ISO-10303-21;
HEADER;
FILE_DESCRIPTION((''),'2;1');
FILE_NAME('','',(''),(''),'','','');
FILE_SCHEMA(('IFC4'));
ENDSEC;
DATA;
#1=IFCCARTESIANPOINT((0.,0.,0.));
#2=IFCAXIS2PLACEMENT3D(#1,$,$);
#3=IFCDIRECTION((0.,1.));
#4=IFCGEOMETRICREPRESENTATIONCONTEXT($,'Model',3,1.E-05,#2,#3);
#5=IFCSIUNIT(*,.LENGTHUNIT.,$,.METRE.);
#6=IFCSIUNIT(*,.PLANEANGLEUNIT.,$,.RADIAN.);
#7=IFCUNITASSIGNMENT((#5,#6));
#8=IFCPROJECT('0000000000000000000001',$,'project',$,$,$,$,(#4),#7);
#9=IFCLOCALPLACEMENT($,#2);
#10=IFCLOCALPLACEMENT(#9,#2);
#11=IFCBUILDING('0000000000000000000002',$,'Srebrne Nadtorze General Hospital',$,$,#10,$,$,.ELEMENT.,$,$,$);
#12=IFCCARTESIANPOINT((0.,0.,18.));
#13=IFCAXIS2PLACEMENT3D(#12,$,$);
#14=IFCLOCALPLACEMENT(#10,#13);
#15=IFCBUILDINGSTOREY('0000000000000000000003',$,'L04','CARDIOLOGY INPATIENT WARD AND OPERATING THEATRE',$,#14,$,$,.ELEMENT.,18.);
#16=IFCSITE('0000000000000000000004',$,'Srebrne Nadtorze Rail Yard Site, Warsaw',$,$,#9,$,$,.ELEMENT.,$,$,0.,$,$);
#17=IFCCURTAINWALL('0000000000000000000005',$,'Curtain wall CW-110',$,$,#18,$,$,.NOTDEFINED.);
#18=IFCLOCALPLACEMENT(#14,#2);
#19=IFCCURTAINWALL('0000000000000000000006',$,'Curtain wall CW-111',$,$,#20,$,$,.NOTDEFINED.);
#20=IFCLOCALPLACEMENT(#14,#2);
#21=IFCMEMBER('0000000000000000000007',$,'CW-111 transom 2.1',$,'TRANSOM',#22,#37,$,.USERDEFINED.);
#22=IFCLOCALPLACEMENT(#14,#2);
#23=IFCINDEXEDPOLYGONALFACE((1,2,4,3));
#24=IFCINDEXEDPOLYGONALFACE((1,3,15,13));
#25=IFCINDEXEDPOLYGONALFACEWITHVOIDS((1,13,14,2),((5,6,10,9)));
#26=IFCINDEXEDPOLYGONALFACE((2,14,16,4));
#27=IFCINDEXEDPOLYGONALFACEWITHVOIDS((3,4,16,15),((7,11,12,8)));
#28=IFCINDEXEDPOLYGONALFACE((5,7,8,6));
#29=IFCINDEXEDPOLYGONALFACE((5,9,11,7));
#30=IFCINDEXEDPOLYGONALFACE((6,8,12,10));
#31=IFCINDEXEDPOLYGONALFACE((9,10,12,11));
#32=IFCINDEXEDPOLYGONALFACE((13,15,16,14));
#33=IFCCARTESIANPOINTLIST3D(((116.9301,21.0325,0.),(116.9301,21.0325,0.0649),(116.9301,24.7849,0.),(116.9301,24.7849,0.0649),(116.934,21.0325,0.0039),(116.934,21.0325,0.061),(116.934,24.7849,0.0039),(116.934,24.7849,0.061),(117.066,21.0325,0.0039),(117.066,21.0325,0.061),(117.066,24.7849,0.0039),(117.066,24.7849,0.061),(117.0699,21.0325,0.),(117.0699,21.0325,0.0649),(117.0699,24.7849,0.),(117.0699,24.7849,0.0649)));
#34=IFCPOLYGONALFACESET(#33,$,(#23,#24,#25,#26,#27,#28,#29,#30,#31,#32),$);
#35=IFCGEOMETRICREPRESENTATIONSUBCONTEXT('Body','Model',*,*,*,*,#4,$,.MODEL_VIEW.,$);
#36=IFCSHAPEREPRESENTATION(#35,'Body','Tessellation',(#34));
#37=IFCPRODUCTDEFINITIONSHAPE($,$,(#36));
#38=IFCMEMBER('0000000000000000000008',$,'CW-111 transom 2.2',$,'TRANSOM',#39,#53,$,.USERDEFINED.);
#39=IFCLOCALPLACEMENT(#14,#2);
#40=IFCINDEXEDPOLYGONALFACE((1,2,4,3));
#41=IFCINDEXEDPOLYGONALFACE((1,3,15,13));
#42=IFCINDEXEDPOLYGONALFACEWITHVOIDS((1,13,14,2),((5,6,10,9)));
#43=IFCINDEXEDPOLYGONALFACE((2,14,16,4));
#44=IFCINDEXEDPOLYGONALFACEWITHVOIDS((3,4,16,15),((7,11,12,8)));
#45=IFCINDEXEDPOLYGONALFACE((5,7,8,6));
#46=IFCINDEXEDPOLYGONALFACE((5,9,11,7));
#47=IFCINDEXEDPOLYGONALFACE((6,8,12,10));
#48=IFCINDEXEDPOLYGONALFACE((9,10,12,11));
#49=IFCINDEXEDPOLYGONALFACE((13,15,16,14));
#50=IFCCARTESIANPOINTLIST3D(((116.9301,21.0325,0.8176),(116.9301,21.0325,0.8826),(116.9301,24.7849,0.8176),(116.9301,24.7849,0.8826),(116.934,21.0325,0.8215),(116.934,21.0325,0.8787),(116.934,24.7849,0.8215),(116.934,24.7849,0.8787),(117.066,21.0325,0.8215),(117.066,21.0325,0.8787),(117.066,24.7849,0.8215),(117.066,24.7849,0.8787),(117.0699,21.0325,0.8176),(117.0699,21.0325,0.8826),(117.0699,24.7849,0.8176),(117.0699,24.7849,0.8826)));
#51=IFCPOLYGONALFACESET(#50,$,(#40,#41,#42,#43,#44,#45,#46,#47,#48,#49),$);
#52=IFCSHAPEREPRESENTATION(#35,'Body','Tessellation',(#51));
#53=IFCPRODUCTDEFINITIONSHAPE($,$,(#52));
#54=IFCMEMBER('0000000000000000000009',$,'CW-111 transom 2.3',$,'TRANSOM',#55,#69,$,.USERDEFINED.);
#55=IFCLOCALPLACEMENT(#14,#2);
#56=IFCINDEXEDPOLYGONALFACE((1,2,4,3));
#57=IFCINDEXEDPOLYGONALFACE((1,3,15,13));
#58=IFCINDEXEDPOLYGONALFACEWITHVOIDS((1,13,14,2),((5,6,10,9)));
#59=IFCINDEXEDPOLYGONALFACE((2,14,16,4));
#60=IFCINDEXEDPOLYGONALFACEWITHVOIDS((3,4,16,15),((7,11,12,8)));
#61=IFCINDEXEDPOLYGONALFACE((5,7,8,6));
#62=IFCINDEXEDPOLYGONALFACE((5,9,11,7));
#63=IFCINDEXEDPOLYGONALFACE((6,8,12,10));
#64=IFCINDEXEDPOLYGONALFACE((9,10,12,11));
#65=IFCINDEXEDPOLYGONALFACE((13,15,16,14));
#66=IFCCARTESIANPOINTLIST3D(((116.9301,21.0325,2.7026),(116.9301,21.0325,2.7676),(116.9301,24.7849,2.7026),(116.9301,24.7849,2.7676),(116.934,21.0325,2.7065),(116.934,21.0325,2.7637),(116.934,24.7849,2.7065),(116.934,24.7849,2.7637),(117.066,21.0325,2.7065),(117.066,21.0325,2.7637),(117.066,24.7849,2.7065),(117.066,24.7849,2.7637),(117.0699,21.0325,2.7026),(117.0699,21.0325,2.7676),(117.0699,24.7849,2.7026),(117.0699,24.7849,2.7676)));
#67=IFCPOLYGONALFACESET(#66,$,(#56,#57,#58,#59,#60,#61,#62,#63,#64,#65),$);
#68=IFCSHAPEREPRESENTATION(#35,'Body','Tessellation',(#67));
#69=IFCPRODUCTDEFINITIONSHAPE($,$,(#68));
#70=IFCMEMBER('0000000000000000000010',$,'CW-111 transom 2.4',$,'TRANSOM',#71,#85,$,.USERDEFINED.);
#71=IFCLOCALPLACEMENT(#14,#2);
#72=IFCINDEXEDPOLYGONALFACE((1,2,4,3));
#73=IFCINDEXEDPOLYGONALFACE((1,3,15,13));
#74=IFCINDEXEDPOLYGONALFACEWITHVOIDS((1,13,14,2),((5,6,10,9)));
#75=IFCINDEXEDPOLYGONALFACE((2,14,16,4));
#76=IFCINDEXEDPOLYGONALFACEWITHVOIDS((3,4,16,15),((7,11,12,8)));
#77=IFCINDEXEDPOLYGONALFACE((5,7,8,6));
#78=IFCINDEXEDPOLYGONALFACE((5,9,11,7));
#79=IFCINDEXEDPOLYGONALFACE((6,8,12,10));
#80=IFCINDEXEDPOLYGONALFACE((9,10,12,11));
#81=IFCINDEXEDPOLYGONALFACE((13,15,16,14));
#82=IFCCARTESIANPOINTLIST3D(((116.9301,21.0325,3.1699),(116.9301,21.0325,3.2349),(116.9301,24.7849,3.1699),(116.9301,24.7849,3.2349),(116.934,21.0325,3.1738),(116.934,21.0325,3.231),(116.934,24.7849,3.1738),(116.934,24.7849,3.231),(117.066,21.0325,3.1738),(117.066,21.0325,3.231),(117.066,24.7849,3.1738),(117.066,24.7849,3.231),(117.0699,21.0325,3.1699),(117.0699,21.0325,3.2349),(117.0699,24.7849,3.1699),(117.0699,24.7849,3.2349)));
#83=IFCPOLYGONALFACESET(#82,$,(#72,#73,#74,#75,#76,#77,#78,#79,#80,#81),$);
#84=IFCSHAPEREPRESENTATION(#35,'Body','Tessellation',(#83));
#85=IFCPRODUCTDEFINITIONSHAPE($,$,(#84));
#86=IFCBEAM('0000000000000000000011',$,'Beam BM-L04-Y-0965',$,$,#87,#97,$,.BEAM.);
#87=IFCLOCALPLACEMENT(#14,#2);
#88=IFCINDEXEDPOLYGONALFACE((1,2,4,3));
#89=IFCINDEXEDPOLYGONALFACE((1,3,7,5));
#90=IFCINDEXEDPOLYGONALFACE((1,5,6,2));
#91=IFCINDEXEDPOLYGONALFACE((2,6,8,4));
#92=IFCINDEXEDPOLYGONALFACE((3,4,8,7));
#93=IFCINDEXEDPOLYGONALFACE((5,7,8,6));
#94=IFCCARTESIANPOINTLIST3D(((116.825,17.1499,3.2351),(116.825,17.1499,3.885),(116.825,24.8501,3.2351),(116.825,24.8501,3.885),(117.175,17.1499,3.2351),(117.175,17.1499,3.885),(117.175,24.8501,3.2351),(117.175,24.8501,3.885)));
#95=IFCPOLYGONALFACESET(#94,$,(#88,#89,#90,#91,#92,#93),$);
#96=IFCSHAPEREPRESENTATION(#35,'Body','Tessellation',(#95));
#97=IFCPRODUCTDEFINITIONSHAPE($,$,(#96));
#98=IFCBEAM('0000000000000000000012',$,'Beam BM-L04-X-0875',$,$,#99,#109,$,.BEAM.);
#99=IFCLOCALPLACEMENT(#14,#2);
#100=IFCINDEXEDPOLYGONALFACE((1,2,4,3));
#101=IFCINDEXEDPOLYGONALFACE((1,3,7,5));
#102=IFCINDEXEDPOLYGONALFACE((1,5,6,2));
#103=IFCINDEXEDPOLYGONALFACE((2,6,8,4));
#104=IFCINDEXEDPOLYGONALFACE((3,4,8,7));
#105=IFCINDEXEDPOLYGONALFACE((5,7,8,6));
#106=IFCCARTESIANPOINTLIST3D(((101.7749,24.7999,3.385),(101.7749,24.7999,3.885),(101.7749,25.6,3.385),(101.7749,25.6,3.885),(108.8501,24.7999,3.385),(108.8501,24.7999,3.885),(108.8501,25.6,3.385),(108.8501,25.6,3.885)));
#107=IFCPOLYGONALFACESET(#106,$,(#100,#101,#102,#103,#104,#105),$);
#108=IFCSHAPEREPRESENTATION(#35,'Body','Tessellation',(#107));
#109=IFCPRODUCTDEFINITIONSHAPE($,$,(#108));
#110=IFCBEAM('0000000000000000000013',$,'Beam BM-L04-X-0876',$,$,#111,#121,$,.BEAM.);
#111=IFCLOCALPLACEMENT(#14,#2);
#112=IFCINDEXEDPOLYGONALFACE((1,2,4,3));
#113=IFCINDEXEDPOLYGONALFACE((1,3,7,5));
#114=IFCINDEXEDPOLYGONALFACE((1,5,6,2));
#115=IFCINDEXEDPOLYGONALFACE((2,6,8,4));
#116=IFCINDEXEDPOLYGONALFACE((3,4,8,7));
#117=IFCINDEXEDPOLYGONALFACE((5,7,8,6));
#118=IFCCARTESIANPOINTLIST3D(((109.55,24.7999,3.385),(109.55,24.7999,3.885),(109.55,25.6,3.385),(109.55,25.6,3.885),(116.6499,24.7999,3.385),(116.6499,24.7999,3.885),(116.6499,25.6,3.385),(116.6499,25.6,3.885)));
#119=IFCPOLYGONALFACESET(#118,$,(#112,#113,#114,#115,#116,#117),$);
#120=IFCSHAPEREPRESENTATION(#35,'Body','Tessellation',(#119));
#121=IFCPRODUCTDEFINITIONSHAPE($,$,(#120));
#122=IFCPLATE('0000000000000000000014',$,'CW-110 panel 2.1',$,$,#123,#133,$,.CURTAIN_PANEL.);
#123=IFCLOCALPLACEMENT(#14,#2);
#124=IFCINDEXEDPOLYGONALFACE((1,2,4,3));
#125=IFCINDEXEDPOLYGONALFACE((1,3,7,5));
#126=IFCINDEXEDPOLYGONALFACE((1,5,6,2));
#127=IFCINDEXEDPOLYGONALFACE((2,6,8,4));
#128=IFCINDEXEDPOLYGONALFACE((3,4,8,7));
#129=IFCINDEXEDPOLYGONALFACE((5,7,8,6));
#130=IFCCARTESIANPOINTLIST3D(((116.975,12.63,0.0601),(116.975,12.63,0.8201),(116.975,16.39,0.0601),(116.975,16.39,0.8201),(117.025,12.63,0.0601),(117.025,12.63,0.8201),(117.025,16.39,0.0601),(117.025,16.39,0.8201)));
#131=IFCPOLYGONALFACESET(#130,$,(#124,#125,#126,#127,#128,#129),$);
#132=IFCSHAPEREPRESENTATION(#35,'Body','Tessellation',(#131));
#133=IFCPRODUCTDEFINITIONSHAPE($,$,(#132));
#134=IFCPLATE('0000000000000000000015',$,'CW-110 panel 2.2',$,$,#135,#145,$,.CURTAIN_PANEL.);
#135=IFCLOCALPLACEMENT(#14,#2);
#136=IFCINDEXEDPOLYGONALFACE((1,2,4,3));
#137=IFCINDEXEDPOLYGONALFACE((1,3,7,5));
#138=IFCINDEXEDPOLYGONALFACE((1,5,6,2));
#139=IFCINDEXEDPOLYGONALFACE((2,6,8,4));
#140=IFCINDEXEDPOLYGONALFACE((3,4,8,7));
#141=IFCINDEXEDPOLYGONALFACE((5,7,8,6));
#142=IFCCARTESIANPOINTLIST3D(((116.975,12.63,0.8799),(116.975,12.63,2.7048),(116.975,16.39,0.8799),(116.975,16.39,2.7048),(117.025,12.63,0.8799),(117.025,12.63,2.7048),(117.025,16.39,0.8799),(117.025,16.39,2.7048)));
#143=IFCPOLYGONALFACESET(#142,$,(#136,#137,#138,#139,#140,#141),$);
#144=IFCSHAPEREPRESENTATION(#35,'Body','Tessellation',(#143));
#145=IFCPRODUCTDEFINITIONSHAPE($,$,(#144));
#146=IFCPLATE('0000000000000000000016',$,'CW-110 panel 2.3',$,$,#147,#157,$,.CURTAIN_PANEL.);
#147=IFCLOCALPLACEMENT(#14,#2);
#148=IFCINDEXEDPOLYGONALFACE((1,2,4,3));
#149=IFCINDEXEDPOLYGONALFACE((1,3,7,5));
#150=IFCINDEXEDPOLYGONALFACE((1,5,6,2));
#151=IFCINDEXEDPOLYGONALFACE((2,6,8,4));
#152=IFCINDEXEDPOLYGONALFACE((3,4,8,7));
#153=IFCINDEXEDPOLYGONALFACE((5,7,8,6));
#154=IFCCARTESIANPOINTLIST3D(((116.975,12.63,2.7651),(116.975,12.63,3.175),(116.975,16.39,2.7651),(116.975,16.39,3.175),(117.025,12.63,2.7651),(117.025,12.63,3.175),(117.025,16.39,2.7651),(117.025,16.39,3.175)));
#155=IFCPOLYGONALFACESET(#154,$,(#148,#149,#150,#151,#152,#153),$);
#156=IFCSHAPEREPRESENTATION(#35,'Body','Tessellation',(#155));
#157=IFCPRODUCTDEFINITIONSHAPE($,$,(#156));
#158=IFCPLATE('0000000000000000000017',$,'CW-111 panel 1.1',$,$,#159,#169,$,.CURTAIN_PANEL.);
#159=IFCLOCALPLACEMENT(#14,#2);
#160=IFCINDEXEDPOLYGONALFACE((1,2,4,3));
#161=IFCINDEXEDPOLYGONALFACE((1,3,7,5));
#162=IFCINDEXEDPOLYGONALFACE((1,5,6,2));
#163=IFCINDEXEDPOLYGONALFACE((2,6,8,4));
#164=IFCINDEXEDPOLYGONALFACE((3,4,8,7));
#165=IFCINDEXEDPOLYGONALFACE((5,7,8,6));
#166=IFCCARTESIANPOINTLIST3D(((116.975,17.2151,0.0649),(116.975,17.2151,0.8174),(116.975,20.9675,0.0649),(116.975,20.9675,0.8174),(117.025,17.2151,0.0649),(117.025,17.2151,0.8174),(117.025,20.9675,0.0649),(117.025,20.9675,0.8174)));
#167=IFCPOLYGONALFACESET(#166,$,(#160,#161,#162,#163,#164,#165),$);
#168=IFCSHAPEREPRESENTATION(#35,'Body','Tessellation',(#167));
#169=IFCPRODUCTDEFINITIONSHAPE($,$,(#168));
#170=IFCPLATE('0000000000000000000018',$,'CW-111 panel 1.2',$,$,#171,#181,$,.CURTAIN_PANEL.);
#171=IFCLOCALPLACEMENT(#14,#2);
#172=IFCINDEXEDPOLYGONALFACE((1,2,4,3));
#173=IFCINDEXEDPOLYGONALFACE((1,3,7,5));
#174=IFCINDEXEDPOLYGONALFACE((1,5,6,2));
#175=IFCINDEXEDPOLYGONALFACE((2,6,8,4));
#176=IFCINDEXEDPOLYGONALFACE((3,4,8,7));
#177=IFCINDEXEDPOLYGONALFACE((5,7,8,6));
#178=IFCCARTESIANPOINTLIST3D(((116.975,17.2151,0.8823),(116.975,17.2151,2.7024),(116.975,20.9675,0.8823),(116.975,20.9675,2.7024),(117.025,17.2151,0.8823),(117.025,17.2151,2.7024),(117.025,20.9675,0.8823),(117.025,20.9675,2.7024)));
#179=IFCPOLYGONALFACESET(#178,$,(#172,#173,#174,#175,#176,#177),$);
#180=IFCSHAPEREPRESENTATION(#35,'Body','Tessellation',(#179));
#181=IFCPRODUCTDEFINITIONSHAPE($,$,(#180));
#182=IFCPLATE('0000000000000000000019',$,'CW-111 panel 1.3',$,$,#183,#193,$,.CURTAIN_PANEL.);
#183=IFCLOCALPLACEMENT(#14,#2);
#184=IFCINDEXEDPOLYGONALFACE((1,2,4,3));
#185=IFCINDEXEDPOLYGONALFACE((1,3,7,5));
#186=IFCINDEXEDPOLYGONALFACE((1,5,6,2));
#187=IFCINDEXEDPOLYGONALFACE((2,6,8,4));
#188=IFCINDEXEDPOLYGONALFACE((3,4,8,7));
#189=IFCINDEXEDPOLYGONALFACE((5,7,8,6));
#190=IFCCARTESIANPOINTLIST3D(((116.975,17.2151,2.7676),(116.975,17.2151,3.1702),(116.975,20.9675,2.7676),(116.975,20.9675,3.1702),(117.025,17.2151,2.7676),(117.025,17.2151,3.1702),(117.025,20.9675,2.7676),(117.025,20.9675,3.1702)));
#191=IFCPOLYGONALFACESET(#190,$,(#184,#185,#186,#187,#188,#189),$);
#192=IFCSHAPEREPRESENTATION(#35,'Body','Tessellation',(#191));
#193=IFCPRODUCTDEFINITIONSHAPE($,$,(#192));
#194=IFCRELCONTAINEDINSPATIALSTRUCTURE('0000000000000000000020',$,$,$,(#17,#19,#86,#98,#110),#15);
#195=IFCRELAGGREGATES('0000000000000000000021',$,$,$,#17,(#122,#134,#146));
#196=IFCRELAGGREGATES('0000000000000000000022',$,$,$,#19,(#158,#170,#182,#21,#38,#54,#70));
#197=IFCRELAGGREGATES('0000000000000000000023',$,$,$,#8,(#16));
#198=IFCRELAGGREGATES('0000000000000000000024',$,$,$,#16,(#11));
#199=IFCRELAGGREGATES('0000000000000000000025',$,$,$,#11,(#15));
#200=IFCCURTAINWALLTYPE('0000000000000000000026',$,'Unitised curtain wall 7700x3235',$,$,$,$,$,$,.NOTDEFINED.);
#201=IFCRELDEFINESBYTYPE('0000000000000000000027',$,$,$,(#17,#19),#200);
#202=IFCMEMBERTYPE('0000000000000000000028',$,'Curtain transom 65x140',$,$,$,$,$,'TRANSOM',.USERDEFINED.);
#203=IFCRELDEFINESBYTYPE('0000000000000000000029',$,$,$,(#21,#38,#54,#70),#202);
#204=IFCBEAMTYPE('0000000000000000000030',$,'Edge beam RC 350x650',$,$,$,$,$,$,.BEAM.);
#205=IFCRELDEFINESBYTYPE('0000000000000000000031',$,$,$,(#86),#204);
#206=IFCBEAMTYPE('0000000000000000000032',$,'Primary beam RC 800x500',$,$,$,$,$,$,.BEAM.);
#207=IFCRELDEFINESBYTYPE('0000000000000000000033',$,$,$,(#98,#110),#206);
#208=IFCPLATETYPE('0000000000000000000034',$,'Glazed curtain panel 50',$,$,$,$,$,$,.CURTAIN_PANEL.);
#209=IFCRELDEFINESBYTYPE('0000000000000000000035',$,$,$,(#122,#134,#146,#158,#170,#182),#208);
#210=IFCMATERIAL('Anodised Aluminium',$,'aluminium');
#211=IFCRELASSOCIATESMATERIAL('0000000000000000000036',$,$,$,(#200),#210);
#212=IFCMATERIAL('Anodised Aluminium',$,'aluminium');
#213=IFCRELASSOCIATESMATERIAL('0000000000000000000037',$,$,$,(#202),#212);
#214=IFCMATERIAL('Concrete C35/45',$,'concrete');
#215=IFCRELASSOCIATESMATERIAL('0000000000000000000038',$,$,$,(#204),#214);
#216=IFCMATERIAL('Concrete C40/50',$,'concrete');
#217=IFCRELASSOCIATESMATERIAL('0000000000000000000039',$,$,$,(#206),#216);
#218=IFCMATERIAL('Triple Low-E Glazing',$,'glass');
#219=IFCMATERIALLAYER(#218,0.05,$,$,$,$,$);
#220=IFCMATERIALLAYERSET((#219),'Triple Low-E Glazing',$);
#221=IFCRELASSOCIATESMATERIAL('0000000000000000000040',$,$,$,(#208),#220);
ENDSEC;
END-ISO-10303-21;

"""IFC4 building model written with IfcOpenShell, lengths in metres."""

from ifc_helpers import new_model, si_unit, direction, frame, origin, origin_2d, place, context, subcontext, project, spatial, rectangle, hollow_rectangle, extrude, material, layer, layer_set, material_profile, profile_set, type_object, element, aggregate, save


model = new_model("IFC4")

# Units and contexts
model_context = context("Model", 3, precision=1e-05, world=origin(), true_north=direction((0.0, 1.0)))
body_context = subcontext(model_context, "Body", "Model", "MODEL_VIEW")
ifc_project = project(units=[si_unit("LENGTHUNIT", "METRE"), si_unit("PLANEANGLEUNIT", "RADIAN")], contexts=[model_context])

# Site, building, storey
site_placement = place(None, origin())
site = spatial("IfcSite", under=ifc_project, at=site_placement, Name="Srebrne Nadtorze Rail Yard Site, Warsaw", CompositionType="ELEMENT", RefElevation=0.0)
building_placement = place(site_placement, origin())
building = spatial("IfcBuilding", under=site, at=building_placement, Name="Srebrne Nadtorze General Hospital", CompositionType="ELEMENT")
storey_placement = place(building_placement, frame((0.0, 0.0, 18.0)))
storey = spatial("IfcBuildingStorey", under=building, at=storey_placement, Name="L04", Description="CARDIOLOGY INPATIENT WARD AND OPERATING THEATRE", CompositionType="ELEMENT", Elevation=18.0)

# Curtain wall
ifc_material_1 = material(Name="Anodised Aluminium", Category="aluminium")
curtain_wall_type = type_object("IfcCurtainWallType", Name="Unitised curtain wall 7700x3235", PredefinedType="NOTDEFINED", material=ifc_material_1)
curtain_wall_1_placement = place(storey_placement, origin())
curtain_wall_1 = element("IfcCurtainWall", 1, at=curtain_wall_1_placement, inside=storey, type_object=curtain_wall_type, Name="Curtain wall CW-110", PredefinedType="NOTDEFINED")

# Curtain wall, members
curtain_wall_2_placement = place(storey_placement, origin())
curtain_wall_2 = element("IfcCurtainWall", 2, at=curtain_wall_2_placement, inside=storey, type_object=curtain_wall_type, Name="Curtain wall CW-111", PredefinedType="NOTDEFINED")
ifc_material_2 = material(Name="Anodised Aluminium", Category="aluminium")
ifc_material_profile_1 = material_profile(ifc_material_2, hollow_rectangle(XDim=0.0649, YDim=0.1399, WallThickness=0.0039, at=origin_2d()), Name="AL-TRN-65x140")
ifc_profile_set_1 = profile_set([ifc_material_profile_1], Name="Anodised Aluminium")
member_type_1 = type_object("IfcMemberType", Name="Curtain transom 65x140", ElementType="TRANSOM", PredefinedType="USERDEFINED", material=ifc_profile_set_1)
member_1_placement = place(storey_placement, frame((117.0, 21.0325, 0.0325), z_axis=(0.0, 1.0, 0.0), x_axis=(0.0, 0.0, 1.0)))
member_1 = element("IfcMember", 3, at=member_1_placement, type_object=member_type_1, Name="CW-111 transom 2.1", ObjectType="TRANSOM", PredefinedType="USERDEFINED", context=body_context, shape_type="SweptSolid", body=[
    extrude(hollow_rectangle(XDim=0.0649, YDim=0.1399, WallThickness=0.0039, at=origin_2d()), origin(), (0.0, 0.0, 1.0), 3.7524),
])
member_2_placement = place(storey_placement, frame((117.0, 21.0325, 0.8501), z_axis=(0.0, 1.0, 0.0), x_axis=(0.0, 0.0, 1.0)))
member_2 = element("IfcMember", 4, at=member_2_placement, type_object=member_type_1, Name="CW-111 transom 2.2", ObjectType="TRANSOM", PredefinedType="USERDEFINED", context=body_context, shape_type="SweptSolid", body=[
    extrude(hollow_rectangle(XDim=0.0649, YDim=0.1399, WallThickness=0.0039, at=origin_2d()), origin(), (0.0, 0.0, 1.0), 3.7524),
])
member_3_placement = place(storey_placement, frame((117.0, 21.0325, 2.7351), z_axis=(0.0, 1.0, 0.0), x_axis=(0.0, 0.0, 1.0)))
member_3 = element("IfcMember", 5, at=member_3_placement, type_object=member_type_1, Name="CW-111 transom 2.3", ObjectType="TRANSOM", PredefinedType="USERDEFINED", context=body_context, shape_type="SweptSolid", body=[
    extrude(hollow_rectangle(XDim=0.0649, YDim=0.1399, WallThickness=0.0039, at=origin_2d()), origin(), (0.0, 0.0, 1.0), 3.7524),
])
member_4_placement = place(storey_placement, frame((117.0, 21.0325, 3.2024), z_axis=(0.0, 1.0, 0.0), x_axis=(0.0, 0.0, 1.0)))
member_4 = element("IfcMember", 6, at=member_4_placement, type_object=member_type_1, Name="CW-111 transom 2.4", ObjectType="TRANSOM", PredefinedType="USERDEFINED", context=body_context, shape_type="SweptSolid", body=[
    extrude(hollow_rectangle(XDim=0.0649, YDim=0.1399, WallThickness=0.0039, at=origin_2d()), origin(), (0.0, 0.0, 1.0), 3.7524),
])

# Beams
ifc_material_3 = material(Name="Concrete C35/45", Category="concrete")
ifc_material_profile_2 = material_profile(ifc_material_3, rectangle(XDim=0.3501, YDim=0.6499, at=origin_2d()), Name="RC-BM-350x650")
ifc_profile_set_2 = profile_set([ifc_material_profile_2], Name="Concrete C35/45")
beam_type_1 = type_object("IfcBeamType", Name="Edge beam RC 350x650", PredefinedType="BEAM", material=ifc_profile_set_2)
beam_1_placement = place(storey_placement, frame((117.0, 17.1499, 3.5601), z_axis=(0.0, 1.0, 0.0), x_axis=(-1.0, 0.0, 0.0)))
element("IfcBeam", 7, at=beam_1_placement, inside=storey, type_object=beam_type_1, Name="Beam BM-L04-Y-0965", PredefinedType="BEAM", context=body_context, shape_type="SweptSolid", body=[
    extrude(rectangle(XDim=0.3501, YDim=0.6499, at=origin_2d()), origin(), (0.0, 0.0, 1.0), 7.7002),
])
ifc_material_4 = material(Name="Concrete C40/50", Category="concrete")
ifc_material_profile_3 = material_profile(ifc_material_4, rectangle(XDim=0.8, YDim=0.5, at=origin_2d()), Name="RC-BM-800x500")
ifc_profile_set_3 = profile_set([ifc_material_profile_3], Name="Concrete C40/50")
beam_type_2 = type_object("IfcBeamType", Name="Primary beam RC 800x500", PredefinedType="BEAM", material=ifc_profile_set_3)
beam_2_placement = place(storey_placement, frame((101.7749, 25.2, 3.635), z_axis=(1.0, 0.0, 0.0), x_axis=(0.0, 1.0, 0.0)))
element("IfcBeam", 8, at=beam_2_placement, inside=storey, type_object=beam_type_2, Name="Beam BM-L04-X-0875", PredefinedType="BEAM", context=body_context, shape_type="SweptSolid", body=[
    extrude(rectangle(XDim=0.8, YDim=0.5, at=origin_2d()), origin(), (0.0, 0.0, 1.0), 7.0752),
])
beam_3_placement = place(storey_placement, frame((109.55, 25.2, 3.635), z_axis=(1.0, 0.0, 0.0), x_axis=(0.0, 1.0, 0.0)))
element("IfcBeam", 9, at=beam_3_placement, inside=storey, type_object=beam_type_2, Name="Beam BM-L04-X-0876", PredefinedType="BEAM", context=body_context, shape_type="SweptSolid", body=[
    extrude(rectangle(XDim=0.8, YDim=0.5, at=origin_2d()), origin(), (0.0, 0.0, 1.0), 7.0999),
])

# Plates
ifc_material_5 = material(Name="Triple Low-E Glazing", Category="glass")
ifc_layer_1 = layer(ifc_material_5, 0.05)
ifc_layer_set_1 = layer_set([ifc_layer_1], Name="Triple Low-E Glazing")
plate_type = type_object("IfcPlateType", Name="Glazed curtain panel 50", PredefinedType="CURTAIN_PANEL", material=ifc_layer_set_1)
plate_1_placement = place(storey_placement, frame((117.0, 14.51, 0.0601), z_axis=(0.0, 0.0, 1.0), x_axis=(0.0, 1.0, 0.0)))
plate_1 = element("IfcPlate", 10, at=plate_1_placement, type_object=plate_type, Name="CW-110 panel 2.1", PredefinedType="CURTAIN_PANEL", context=body_context, shape_type="SweptSolid", body=[
    extrude(rectangle(XDim=3.76, YDim=0.05, at=origin_2d()), origin(), (0.0, 0.0, 1.0), 0.76),
])
plate_2_placement = place(storey_placement, frame((117.0, 14.51, 0.8799), z_axis=(0.0, 0.0, 1.0), x_axis=(0.0, 1.0, 0.0)))
plate_2 = element("IfcPlate", 11, at=plate_2_placement, type_object=plate_type, Name="CW-110 panel 2.2", PredefinedType="CURTAIN_PANEL", context=body_context, shape_type="SweptSolid", body=[
    extrude(rectangle(XDim=3.76, YDim=0.05, at=origin_2d()), origin(), (0.0, 0.0, 1.0), 1.825),
])
plate_3_placement = place(storey_placement, frame((117.0, 14.51, 2.7651), z_axis=(0.0, 0.0, 1.0), x_axis=(0.0, 1.0, 0.0)))
plate_3 = element("IfcPlate", 12, at=plate_3_placement, type_object=plate_type, Name="CW-110 panel 2.3", PredefinedType="CURTAIN_PANEL", context=body_context, shape_type="SweptSolid", body=[
    extrude(rectangle(XDim=3.76, YDim=0.05, at=origin_2d()), origin(), (0.0, 0.0, 1.0), 0.4099),
])
aggregate(curtain_wall_1, [plate_1, plate_2, plate_3])
plate_4_placement = place(storey_placement, frame((117.0, 19.0913, 0.0649), z_axis=(0.0, 0.0, 1.0), x_axis=(0.0, 1.0, 0.0)))
plate_4 = element("IfcPlate", 13, at=plate_4_placement, type_object=plate_type, Name="CW-111 panel 1.1", PredefinedType="CURTAIN_PANEL", context=body_context, shape_type="SweptSolid", body=[
    extrude(rectangle(XDim=3.7524, YDim=0.05, at=origin_2d()), origin(), (0.0, 0.0, 1.0), 0.7524),
])
plate_5_placement = place(storey_placement, frame((117.0, 19.0913, 0.8823), z_axis=(0.0, 0.0, 1.0), x_axis=(0.0, 1.0, 0.0)))
plate_5 = element("IfcPlate", 14, at=plate_5_placement, type_object=plate_type, Name="CW-111 panel 1.2", PredefinedType="CURTAIN_PANEL", context=body_context, shape_type="SweptSolid", body=[
    extrude(rectangle(XDim=3.7524, YDim=0.05, at=origin_2d()), origin(), (0.0, 0.0, 1.0), 1.8201),
])
plate_6_placement = place(storey_placement, frame((117.0, 19.0913, 2.7676), z_axis=(0.0, 0.0, 1.0), x_axis=(0.0, 1.0, 0.0)))
plate_6 = element("IfcPlate", 15, at=plate_6_placement, type_object=plate_type, Name="CW-111 panel 1.3", PredefinedType="CURTAIN_PANEL", context=body_context, shape_type="SweptSolid", body=[
    extrude(rectangle(XDim=3.7524, YDim=0.05, at=origin_2d()), origin(), (0.0, 0.0, 1.0), 0.4026),
])
aggregate(curtain_wall_2, [plate_4, plate_5, plate_6, member_1, member_2, member_3, member_4])

save(model, "model.ifc")
